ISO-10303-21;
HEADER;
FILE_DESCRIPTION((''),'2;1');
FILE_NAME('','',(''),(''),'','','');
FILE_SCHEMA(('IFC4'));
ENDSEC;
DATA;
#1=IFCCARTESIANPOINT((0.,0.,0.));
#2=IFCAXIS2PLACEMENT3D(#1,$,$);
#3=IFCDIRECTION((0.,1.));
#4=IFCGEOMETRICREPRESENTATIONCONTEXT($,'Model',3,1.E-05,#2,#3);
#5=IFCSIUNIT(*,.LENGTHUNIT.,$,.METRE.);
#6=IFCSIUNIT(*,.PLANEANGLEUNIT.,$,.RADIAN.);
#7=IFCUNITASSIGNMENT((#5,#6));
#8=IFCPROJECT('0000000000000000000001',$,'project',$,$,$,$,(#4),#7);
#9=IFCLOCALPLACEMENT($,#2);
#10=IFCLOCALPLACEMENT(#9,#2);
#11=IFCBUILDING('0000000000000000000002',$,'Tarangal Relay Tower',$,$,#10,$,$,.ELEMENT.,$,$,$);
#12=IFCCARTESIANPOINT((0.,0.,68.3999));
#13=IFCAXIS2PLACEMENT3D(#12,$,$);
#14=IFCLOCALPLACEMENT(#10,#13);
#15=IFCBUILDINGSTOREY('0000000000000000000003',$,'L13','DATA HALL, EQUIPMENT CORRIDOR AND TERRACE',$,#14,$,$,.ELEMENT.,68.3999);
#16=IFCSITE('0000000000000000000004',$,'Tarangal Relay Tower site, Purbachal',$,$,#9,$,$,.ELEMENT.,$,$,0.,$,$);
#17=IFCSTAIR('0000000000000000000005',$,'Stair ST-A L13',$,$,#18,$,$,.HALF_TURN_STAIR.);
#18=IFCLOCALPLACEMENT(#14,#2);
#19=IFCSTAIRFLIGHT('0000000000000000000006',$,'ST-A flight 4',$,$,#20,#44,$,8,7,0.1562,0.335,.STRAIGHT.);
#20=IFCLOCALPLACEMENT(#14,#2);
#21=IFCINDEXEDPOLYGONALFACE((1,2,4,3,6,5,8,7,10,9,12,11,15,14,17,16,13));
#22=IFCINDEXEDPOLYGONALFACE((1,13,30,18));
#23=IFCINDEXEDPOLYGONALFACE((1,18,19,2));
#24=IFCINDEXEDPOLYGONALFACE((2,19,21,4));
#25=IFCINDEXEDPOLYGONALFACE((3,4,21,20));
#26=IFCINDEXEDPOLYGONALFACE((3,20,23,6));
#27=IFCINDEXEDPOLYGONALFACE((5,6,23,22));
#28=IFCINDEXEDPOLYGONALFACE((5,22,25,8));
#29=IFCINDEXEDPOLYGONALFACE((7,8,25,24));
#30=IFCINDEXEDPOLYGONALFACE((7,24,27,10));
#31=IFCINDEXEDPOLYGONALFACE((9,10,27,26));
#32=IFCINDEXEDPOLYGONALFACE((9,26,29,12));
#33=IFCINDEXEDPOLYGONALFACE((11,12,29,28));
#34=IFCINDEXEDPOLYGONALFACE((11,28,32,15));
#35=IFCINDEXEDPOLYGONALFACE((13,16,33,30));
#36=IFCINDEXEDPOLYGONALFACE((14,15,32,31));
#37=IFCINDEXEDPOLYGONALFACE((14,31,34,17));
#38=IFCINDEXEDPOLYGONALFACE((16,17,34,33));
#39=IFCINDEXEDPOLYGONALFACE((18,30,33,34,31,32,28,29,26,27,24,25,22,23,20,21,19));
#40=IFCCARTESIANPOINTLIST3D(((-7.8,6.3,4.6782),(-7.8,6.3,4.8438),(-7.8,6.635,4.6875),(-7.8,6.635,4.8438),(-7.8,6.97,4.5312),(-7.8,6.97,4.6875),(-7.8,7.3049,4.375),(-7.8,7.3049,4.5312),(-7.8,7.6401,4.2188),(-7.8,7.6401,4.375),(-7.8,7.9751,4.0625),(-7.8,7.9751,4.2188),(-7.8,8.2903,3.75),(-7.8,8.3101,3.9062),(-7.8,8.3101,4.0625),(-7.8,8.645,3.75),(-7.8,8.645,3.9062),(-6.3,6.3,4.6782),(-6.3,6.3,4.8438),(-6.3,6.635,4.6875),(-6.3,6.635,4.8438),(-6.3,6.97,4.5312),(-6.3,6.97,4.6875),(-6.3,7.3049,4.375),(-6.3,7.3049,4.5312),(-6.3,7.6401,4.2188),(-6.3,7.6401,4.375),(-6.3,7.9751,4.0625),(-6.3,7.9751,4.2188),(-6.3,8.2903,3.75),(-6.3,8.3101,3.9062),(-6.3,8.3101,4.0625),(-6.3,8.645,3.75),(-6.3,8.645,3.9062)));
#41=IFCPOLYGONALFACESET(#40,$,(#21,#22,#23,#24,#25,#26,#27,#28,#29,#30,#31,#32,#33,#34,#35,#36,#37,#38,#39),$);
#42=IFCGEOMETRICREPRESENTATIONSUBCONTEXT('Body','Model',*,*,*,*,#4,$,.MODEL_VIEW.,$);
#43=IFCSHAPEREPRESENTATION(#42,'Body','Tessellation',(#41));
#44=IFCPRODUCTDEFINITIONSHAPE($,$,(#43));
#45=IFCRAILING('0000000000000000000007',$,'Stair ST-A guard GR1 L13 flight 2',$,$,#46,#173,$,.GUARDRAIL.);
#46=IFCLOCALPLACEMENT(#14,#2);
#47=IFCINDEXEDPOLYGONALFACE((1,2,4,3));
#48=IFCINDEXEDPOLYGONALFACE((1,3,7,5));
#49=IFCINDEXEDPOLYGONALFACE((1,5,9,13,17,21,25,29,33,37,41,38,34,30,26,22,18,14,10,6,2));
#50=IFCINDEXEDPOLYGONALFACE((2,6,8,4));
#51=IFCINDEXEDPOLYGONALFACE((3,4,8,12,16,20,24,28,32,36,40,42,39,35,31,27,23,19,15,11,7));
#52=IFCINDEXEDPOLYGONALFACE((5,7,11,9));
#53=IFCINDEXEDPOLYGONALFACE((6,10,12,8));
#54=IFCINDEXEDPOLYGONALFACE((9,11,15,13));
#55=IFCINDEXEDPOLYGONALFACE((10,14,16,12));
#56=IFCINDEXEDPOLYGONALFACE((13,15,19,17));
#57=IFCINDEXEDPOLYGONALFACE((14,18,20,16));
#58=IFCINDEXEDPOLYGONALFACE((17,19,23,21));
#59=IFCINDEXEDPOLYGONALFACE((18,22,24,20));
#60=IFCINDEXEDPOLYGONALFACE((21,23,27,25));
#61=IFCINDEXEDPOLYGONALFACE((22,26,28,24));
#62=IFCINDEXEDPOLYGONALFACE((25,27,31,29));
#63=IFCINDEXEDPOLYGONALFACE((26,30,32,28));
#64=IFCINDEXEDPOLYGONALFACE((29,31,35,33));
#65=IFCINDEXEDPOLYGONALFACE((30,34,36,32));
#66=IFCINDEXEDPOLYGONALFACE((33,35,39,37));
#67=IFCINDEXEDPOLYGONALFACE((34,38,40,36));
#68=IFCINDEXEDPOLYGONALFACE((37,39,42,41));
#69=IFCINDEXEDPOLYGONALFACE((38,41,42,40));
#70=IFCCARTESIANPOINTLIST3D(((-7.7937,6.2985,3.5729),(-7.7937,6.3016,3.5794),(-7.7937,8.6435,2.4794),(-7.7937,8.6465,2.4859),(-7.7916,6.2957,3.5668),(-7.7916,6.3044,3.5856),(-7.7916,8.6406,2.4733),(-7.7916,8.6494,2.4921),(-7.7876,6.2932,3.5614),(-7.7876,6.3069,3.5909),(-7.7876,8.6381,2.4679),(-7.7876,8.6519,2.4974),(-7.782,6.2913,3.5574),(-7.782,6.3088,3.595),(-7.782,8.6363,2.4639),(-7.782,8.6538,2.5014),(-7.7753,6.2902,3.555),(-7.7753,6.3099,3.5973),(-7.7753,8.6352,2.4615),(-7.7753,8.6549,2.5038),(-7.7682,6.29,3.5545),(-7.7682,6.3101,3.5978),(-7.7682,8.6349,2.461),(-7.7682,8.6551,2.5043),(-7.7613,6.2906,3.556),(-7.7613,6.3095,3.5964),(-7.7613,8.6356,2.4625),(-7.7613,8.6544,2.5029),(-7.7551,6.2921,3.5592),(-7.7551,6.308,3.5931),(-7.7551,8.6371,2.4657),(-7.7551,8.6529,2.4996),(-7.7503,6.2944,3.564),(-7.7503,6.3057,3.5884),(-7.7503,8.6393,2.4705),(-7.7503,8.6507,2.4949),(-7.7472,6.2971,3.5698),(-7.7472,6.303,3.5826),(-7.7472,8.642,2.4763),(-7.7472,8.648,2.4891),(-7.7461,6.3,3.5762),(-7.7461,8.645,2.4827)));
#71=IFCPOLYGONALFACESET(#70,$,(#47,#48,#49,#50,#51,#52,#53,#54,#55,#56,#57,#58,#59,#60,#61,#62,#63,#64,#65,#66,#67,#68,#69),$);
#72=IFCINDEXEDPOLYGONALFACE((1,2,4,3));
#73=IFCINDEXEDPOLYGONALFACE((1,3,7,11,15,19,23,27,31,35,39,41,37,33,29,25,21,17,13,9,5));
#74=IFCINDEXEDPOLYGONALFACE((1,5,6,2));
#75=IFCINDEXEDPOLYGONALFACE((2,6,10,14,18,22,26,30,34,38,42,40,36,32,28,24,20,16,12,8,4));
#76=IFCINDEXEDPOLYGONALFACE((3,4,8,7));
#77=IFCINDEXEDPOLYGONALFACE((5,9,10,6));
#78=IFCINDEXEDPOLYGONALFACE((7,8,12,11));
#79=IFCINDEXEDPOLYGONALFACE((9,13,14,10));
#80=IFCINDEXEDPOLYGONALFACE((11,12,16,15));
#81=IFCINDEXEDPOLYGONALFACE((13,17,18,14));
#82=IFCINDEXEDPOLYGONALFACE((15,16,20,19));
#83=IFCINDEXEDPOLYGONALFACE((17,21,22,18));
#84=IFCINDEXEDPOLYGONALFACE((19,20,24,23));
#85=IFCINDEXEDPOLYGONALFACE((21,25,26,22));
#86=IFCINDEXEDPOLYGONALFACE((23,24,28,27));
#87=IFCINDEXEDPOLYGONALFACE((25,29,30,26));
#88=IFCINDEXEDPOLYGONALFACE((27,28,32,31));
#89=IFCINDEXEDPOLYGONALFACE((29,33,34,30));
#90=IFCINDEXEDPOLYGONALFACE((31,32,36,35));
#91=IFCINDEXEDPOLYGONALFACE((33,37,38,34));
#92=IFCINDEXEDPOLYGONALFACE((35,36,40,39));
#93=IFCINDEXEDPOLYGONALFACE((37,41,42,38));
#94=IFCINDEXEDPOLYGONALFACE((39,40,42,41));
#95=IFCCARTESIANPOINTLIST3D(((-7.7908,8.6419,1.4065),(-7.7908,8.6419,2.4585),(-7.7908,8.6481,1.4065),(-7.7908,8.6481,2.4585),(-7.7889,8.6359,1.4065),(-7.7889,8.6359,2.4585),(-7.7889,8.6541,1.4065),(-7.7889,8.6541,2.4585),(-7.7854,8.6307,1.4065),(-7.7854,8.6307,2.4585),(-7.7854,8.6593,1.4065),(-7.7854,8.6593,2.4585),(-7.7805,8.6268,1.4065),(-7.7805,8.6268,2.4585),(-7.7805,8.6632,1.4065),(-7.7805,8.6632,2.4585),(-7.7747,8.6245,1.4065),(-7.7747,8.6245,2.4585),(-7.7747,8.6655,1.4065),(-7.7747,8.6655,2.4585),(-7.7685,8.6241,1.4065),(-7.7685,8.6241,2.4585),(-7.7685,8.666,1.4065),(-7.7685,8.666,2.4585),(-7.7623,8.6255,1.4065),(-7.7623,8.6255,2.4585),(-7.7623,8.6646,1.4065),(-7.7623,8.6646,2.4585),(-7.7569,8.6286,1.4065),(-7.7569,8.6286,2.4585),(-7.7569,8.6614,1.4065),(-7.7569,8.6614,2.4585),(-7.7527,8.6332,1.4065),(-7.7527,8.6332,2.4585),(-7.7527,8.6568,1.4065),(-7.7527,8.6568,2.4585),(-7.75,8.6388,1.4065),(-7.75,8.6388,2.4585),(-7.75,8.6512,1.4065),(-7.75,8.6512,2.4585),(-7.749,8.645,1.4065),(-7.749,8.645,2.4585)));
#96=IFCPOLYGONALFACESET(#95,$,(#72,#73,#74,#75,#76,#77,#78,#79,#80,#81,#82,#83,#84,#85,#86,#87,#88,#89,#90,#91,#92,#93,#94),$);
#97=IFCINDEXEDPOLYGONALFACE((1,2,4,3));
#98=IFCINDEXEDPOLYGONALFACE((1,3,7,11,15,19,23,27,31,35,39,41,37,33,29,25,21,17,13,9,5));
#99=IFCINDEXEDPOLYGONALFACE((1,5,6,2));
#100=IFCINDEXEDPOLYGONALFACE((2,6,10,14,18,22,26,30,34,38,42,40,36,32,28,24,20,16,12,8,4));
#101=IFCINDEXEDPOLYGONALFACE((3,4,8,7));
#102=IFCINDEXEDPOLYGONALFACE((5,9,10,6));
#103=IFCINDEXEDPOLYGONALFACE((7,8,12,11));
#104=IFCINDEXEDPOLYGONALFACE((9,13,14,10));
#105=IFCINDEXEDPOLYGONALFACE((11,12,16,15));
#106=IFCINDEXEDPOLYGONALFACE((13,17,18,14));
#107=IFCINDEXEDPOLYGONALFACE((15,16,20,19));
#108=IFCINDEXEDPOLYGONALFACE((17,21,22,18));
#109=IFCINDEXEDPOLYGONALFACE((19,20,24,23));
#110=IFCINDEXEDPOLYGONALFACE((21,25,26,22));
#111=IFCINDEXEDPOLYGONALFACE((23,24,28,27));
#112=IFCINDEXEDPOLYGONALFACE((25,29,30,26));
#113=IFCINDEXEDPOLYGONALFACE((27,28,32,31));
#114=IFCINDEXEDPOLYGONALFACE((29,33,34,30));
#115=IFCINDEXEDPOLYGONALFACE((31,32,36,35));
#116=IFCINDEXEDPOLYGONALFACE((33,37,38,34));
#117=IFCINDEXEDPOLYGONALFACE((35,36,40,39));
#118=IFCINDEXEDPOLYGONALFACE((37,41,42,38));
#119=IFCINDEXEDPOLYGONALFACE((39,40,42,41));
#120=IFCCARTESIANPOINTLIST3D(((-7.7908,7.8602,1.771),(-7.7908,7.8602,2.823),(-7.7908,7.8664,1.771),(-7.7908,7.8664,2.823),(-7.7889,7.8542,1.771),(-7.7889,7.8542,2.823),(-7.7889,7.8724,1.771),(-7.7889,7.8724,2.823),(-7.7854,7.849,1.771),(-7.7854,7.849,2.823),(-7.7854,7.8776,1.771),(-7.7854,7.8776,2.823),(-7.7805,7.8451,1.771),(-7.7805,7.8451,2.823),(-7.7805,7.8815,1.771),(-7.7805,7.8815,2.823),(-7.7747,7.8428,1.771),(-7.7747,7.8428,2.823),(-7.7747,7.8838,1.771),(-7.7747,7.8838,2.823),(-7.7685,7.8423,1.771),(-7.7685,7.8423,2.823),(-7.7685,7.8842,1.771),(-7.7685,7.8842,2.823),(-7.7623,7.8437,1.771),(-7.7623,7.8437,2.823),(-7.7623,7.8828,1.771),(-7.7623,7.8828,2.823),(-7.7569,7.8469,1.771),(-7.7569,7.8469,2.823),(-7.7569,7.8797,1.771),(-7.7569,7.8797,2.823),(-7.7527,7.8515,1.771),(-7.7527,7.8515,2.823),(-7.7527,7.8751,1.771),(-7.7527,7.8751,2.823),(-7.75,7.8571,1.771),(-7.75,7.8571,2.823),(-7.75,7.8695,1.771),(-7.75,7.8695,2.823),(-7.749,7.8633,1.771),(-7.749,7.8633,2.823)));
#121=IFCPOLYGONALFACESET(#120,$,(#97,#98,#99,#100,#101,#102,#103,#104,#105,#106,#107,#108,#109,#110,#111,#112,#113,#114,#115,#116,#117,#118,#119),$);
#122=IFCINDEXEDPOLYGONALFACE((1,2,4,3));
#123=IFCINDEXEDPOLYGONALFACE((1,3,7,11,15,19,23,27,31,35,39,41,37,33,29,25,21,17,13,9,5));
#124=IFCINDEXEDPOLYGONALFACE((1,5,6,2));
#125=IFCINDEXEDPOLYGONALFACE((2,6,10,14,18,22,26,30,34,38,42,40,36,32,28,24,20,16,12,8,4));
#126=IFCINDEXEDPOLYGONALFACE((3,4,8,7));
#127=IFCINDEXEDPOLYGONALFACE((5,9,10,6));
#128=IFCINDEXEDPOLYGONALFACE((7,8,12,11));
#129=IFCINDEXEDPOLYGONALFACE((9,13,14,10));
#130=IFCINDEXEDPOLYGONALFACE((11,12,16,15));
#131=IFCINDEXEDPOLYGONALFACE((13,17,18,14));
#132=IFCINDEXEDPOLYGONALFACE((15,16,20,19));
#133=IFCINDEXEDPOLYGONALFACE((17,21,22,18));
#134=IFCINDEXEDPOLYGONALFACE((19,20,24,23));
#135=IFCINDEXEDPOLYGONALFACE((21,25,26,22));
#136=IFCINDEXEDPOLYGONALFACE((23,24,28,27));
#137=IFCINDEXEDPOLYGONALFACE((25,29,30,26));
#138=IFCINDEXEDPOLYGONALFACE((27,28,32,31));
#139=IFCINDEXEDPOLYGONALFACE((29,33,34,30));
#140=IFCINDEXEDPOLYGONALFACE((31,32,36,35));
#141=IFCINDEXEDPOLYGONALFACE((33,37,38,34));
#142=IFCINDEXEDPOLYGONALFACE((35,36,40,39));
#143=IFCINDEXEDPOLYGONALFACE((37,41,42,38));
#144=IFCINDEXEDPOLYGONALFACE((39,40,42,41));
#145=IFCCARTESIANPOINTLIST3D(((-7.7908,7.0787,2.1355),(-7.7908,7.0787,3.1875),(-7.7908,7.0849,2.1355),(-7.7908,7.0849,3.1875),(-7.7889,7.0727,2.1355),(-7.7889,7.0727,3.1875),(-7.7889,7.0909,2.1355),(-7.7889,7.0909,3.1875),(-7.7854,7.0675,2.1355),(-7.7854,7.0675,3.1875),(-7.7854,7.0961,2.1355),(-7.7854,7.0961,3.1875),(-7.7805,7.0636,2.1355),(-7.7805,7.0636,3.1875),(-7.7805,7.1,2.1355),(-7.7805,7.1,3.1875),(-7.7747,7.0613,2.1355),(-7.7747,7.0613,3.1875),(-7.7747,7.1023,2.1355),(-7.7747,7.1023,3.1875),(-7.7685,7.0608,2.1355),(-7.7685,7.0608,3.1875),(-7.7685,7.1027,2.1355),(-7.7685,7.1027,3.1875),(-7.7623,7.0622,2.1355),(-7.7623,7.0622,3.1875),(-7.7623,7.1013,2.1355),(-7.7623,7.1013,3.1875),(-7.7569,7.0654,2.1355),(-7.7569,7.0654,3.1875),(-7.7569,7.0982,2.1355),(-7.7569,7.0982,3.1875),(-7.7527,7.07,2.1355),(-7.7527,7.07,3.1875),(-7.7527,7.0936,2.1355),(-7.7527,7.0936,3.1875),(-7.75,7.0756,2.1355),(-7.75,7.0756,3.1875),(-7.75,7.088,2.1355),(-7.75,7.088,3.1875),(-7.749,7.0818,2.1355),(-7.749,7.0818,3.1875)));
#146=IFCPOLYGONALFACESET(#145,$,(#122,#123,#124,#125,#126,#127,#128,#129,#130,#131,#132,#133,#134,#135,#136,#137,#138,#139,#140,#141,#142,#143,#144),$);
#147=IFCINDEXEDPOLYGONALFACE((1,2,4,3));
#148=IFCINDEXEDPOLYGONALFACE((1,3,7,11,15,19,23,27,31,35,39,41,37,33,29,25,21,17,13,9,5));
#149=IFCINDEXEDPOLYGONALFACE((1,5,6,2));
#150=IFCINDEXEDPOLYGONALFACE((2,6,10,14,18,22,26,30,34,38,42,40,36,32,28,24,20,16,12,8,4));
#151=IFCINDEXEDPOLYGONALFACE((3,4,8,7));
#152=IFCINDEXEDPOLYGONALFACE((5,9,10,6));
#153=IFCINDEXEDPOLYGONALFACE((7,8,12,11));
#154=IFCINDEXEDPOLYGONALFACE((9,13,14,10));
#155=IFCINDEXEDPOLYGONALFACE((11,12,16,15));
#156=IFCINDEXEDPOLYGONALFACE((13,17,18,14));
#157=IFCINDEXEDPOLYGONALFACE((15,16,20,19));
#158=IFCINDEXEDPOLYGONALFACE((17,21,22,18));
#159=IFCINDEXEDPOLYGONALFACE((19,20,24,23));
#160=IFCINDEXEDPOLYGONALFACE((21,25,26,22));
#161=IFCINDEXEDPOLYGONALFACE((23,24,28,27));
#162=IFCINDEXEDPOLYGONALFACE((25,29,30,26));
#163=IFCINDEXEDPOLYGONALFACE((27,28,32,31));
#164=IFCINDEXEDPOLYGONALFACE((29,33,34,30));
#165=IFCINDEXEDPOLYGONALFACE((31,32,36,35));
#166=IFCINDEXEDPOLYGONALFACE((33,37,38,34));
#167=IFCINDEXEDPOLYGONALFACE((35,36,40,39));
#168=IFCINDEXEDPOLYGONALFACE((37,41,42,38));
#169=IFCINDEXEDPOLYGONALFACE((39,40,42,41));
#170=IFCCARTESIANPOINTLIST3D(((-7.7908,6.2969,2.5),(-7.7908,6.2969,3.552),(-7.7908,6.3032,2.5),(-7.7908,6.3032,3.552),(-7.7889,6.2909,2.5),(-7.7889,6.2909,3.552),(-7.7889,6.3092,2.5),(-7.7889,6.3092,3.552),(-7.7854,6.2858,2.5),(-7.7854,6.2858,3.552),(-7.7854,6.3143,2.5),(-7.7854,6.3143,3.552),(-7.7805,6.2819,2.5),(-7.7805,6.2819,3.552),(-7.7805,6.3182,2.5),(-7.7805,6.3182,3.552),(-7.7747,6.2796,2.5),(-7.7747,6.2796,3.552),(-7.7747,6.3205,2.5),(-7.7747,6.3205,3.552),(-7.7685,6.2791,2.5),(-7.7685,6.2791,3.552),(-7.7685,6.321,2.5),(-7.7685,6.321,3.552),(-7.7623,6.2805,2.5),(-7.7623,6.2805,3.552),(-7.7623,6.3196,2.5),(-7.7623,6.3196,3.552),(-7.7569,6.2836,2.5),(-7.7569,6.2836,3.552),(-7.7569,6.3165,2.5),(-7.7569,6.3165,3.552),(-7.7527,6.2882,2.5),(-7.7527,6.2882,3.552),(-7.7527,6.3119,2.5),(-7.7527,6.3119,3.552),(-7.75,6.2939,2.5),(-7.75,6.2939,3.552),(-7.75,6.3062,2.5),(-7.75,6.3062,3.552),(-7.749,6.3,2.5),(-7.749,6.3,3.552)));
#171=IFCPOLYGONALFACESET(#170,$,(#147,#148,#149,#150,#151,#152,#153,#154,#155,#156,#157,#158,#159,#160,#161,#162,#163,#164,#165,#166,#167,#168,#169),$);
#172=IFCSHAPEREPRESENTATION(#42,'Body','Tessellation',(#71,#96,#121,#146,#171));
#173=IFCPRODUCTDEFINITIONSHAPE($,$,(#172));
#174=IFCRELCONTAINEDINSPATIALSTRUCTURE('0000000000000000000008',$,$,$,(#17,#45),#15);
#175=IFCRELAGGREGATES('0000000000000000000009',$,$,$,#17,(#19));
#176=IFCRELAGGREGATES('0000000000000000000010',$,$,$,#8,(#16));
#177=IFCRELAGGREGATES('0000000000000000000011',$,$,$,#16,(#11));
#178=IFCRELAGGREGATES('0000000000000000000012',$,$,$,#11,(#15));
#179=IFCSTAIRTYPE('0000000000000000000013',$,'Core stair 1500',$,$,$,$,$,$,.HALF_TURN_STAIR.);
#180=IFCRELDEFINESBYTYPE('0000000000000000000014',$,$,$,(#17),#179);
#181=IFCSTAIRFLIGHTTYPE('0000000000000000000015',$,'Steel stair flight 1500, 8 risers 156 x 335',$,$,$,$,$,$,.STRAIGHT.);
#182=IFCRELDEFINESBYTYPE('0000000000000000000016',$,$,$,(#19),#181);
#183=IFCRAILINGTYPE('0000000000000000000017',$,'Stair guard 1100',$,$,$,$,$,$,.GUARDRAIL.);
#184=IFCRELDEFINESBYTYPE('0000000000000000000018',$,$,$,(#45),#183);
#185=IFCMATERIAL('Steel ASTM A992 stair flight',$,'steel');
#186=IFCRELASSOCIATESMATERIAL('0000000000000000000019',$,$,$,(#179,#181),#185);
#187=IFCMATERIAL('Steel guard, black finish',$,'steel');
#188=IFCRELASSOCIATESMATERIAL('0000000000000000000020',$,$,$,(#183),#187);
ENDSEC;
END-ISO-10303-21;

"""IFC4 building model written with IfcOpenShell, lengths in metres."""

from ifc_helpers import new_model, si_unit, direction, frame, origin, origin_2d, place, context, subcontext, project, spatial, polyline, circle, outline, extrude, material, type_object, element, aggregate, save


model = new_model("IFC4")

# Units and contexts
model_context = context("Model", 3, precision=1e-05, world=origin(), true_north=direction((0.0, 1.0)))
body_context = subcontext(model_context, "Body", "Model", "MODEL_VIEW")
ifc_project = project(units=[si_unit("LENGTHUNIT", "METRE"), si_unit("PLANEANGLEUNIT", "RADIAN")], contexts=[model_context])

# Site, building, storey
site_placement = place(None, origin())
site = spatial("IfcSite", under=ifc_project, at=site_placement, Name="Tarangal Relay Tower site, Purbachal", CompositionType="ELEMENT", RefElevation=0.0)
building_placement = place(site_placement, origin())
building = spatial("IfcBuilding", under=site, at=building_placement, Name="Tarangal Relay Tower", CompositionType="ELEMENT")
storey_placement = place(building_placement, frame((0.0, 0.0, 68.3999)))
storey = spatial("IfcBuildingStorey", under=building, at=storey_placement, Name="L13", Description="DATA HALL, EQUIPMENT CORRIDOR AND TERRACE", CompositionType="ELEMENT", Elevation=68.3999)

# Stair, stair flight
ifc_material_1 = material(Name="Steel ASTM A992 stair flight", Category="steel")
stair_type = type_object("IfcStairType", Name="Core stair 1500", PredefinedType="HALF_TURN_STAIR", material=ifc_material_1)
stair_placement = place(storey_placement, origin())
stair = element("IfcStair", 1, at=stair_placement, inside=storey, type_object=stair_type, Name="Stair ST-A L13", PredefinedType="HALF_TURN_STAIR")
stair_flight_type = type_object("IfcStairFlightType", Name="Steel stair flight 1500, 8 risers 156 x 335", PredefinedType="STRAIGHT", material=ifc_material_1)
stair_flight_1_placement = place(storey_placement, frame((-7.05, 8.645, 3.75), z_axis=(0.0, 0.0, 1.0), x_axis=(0.0, -1.0, 0.0)))
stair_flight_1 = element("IfcStairFlight", 2, at=stair_flight_1_placement, type_object=stair_flight_type, Name="ST-A flight 4", NumberOfRisers=8, NumberOfTreads=7, PredefinedType="STRAIGHT", RiserHeight=0.1562, TreadLength=0.335, context=body_context, shape_type="SweptSolid", body=[
    extrude(outline(polyline([(0.0, 0.0), (0.0, 0.1562), (0.335, 0.1562), (0.335, 0.3125), (0.6699, 0.3125), (0.6699, 0.4688), (1.0049, 0.4688), (1.0049, 0.625), (1.3401, 0.625), (1.3401, 0.7812), (1.675, 0.7812), (1.675, 0.9375), (2.01, 0.9375), (2.01, 1.0938), (2.345, 1.0938), (2.345, 1.25), (2.345, 0.9282), (0.3547, 0.0), (0.0, 0.0)])), frame((0.0, 0.75, 0.0), z_axis=(0.0, -1.0, 0.0), x_axis=(1.0, 0.0, 0.0)), (0.0, 0.0, 1.0), 1.5),
])
aggregate(stair, [stair_flight_1])

# Railing
ifc_material_2 = material(Name="Steel guard, black finish", Category="steel")
railing_type_1 = type_object("IfcRailingType", Name="Stair guard 1100", PredefinedType="GUARDRAIL", material=ifc_material_2)
for number, where, name in (
    (3, (-7.77, 8.645, 1.4065), "Stair ST-A guard GR1 L13 flight 2"),
):
    element("IfcRailing", number, at=place(storey_placement, frame(where)), inside=storey, type_object=railing_type_1, Name=name, PredefinedType="GUARDRAIL", context=body_context, shape_type="SweptSolid", body=[
        extrude(circle(Radius=0.0239, at=origin_2d()), frame((0.0, 0.0, 1.0762), z_axis=(0.0, -0.906304, 0.422627), x_axis=(1.0, 0.0, 0.0)), (0.0, 0.0, 1.0), 2.5874),
        extrude(circle(Radius=0.021, at=origin_2d()), origin(), (0.0, 0.0, 1.0), 1.052),
        extrude(circle(Radius=0.021, at=origin_2d()), frame((0.0, -0.7817, 0.3645)), (0.0, 0.0, 1.0), 1.052),
        extrude(circle(Radius=0.021, at=origin_2d()), frame((0.0, -1.5632, 0.729)), (0.0, 0.0, 1.0), 1.052),
        extrude(circle(Radius=0.021, at=origin_2d()), frame((0.0, -2.345, 1.0935)), (0.0, 0.0, 1.0), 1.052),
    ])

save(model, "model.ifc")
